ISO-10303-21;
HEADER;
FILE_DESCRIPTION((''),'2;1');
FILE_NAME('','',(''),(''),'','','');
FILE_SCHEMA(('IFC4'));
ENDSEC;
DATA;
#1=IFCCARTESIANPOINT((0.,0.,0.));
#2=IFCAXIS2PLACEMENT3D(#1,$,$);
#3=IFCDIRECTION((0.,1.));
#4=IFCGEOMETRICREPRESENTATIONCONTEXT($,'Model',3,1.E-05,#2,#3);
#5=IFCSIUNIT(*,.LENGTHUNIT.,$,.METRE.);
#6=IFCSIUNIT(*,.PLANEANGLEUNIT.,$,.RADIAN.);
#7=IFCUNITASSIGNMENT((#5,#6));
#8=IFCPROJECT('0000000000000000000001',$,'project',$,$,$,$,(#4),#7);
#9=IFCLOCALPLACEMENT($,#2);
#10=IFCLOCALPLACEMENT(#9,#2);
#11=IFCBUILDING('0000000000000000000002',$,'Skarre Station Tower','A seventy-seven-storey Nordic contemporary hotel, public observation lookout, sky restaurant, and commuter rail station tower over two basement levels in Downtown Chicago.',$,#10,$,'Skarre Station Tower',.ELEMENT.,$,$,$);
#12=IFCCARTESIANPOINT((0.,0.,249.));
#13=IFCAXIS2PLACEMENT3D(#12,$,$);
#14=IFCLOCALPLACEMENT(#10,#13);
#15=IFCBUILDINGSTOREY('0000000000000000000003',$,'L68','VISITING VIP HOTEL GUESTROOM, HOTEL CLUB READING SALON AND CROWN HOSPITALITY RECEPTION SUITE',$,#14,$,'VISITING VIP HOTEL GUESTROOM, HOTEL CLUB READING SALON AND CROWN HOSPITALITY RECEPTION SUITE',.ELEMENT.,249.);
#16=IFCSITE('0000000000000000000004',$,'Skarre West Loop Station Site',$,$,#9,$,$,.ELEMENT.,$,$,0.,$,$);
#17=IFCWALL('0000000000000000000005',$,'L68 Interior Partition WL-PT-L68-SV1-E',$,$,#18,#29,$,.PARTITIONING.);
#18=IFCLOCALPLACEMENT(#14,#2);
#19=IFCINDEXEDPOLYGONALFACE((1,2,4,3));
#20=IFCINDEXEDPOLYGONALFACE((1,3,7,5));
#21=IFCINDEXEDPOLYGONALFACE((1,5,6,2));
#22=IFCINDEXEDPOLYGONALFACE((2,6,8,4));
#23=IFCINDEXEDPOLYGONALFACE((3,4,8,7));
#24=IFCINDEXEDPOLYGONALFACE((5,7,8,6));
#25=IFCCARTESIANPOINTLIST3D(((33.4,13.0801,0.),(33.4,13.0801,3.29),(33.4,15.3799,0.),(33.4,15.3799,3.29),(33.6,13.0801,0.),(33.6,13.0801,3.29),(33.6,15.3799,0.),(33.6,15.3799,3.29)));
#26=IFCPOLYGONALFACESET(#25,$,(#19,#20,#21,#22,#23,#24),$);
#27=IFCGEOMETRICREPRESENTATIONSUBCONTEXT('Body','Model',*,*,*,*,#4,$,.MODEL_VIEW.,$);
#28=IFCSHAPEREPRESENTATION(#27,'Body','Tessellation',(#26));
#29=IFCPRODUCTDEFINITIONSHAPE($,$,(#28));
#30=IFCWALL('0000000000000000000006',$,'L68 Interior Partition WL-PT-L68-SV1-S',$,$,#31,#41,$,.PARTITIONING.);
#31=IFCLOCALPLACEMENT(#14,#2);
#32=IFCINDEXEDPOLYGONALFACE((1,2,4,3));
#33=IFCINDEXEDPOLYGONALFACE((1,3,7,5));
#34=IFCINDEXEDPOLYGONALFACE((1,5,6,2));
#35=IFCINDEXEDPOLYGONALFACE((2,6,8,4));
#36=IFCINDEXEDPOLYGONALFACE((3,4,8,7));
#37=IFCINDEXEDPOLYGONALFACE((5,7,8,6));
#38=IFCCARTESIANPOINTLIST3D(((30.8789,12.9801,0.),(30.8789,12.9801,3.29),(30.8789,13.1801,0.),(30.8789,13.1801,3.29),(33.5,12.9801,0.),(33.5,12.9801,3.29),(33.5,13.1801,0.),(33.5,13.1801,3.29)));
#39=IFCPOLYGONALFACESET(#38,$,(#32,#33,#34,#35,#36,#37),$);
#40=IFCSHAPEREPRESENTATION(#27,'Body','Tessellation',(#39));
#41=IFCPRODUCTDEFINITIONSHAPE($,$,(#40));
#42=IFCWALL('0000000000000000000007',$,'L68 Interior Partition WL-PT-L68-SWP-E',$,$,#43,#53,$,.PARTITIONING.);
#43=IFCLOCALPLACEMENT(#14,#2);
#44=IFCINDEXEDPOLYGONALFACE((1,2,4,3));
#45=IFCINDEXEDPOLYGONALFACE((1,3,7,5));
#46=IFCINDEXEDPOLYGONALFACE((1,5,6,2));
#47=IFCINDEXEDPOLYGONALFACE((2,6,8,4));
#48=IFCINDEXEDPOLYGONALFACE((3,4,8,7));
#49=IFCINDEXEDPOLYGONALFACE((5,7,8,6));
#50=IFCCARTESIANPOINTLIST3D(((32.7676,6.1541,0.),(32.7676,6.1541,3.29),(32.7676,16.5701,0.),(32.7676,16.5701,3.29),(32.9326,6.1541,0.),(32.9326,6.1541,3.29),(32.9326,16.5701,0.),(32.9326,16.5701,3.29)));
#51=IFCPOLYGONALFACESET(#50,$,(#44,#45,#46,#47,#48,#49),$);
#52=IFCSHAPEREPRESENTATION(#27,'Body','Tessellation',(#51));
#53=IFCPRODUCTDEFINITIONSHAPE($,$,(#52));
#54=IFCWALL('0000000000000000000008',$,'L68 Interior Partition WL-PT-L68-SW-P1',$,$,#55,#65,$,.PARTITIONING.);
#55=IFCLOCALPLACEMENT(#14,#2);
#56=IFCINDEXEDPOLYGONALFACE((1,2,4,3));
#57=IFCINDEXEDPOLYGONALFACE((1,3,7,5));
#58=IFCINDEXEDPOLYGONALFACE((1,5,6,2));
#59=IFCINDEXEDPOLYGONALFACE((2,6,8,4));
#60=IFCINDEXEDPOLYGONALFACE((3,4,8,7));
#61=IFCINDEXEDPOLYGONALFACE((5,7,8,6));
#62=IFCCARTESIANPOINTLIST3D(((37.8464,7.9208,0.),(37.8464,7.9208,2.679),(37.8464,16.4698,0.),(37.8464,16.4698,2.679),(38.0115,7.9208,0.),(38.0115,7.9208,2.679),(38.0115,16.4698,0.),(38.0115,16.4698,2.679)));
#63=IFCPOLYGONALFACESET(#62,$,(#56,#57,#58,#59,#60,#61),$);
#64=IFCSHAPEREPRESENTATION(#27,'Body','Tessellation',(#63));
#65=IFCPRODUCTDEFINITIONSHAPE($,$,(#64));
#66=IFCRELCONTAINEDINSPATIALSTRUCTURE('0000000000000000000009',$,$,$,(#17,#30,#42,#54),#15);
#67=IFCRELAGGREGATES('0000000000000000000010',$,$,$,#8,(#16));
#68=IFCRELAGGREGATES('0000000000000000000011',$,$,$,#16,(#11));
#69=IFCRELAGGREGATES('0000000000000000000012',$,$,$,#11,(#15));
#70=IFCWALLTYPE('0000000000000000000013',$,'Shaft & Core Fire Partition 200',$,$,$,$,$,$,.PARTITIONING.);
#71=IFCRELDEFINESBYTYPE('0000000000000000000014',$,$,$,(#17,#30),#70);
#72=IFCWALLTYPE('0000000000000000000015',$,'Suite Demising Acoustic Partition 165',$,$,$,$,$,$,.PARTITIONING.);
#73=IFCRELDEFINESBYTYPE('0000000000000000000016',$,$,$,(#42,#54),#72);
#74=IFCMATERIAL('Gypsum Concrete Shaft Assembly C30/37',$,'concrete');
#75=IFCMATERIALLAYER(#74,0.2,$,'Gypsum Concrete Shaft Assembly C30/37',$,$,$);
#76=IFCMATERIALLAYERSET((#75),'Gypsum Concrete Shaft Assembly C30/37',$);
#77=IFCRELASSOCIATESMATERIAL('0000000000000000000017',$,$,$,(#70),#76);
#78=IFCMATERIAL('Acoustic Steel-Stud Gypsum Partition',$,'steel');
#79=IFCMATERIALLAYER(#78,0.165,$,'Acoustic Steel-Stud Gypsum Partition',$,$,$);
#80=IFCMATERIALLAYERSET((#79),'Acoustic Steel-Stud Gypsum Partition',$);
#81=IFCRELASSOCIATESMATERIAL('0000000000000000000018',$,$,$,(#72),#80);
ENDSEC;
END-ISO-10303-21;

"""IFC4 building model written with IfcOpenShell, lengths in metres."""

from ifc_helpers import new_model, si_unit, direction, frame, frame_2d, origin, place, context, subcontext, project, spatial, rectangle, extrude, material, layer, layer_set, type_object, element, save


model = new_model("IFC4")

# Units and contexts
model_context = context("Model", 3, precision=1e-05, world=origin(), true_north=direction((0.0, 1.0)))
body_context = subcontext(model_context, "Body", "Model", "MODEL_VIEW")
ifc_project = project(units=[si_unit("LENGTHUNIT", "METRE"), si_unit("PLANEANGLEUNIT", "RADIAN")], contexts=[model_context])

# Site, building, storey
site_placement = place(None, origin())
site = spatial("IfcSite", under=ifc_project, at=site_placement, Name="Skarre West Loop Station Site", CompositionType="ELEMENT", RefElevation=0.0)
building_placement = place(site_placement, origin())
building = spatial("IfcBuilding", under=site, at=building_placement, Name="Skarre Station Tower", Description="A seventy-seven-storey Nordic contemporary hotel, public observation lookout, sky restaurant, and commuter rail station tower over two basement levels in Downtown Chicago.", LongName="Skarre Station Tower", CompositionType="ELEMENT")
storey_placement = place(building_placement, frame((0.0, 0.0, 249.0)))
storey = spatial("IfcBuildingStorey", under=building, at=storey_placement, Name="L68", Description="VISITING VIP HOTEL GUESTROOM, HOTEL CLUB READING SALON AND CROWN HOSPITALITY RECEPTION SUITE", LongName="VISITING VIP HOTEL GUESTROOM, HOTEL CLUB READING SALON AND CROWN HOSPITALITY RECEPTION SUITE", CompositionType="ELEMENT", Elevation=249.0)

# Shared definitions
ifc_material_1 = material(Name="Acoustic Steel-Stud Gypsum Partition", Category="steel")

# Shared definitions
ifc_material_2 = material(Name="Gypsum Concrete Shaft Assembly C30/37", Category="concrete")
ifc_layer_1 = layer(ifc_material_2, 0.2, Name="Gypsum Concrete Shaft Assembly C30/37")
ifc_layer_set_1 = layer_set([ifc_layer_1], Name="Gypsum Concrete Shaft Assembly C30/37")
wall_type_1 = type_object("IfcWallType", Name="Shaft & Core Fire Partition 200", PredefinedType="PARTITIONING", material=ifc_layer_set_1)

# Walls
wall_1_placement = place(storey_placement, frame((33.5, 13.0801, 0.0), z_axis=(0.0, 0.0, 1.0), x_axis=(0.0, 1.0, 0.0)))
element("IfcWall", 1, at=wall_1_placement, inside=storey, type_object=wall_type_1, Name="L68 Interior Partition WL-PT-L68-SV1-E", PredefinedType="PARTITIONING", context=body_context, shape_type="SweptSolid", body=[
    extrude(rectangle(XDim=2.2998, YDim=0.2, at=frame_2d((1.1499, 0.0))), origin(), (0.0, 0.0, 1.0), 3.29),
])
wall_2_placement = place(storey_placement, frame((30.8789, 13.0801, 0.0), z_axis=(0.0, 0.0, 1.0), x_axis=(1.0, 0.0, 0.0)))
element("IfcWall", 2, at=wall_2_placement, inside=storey, type_object=wall_type_1, Name="L68 Interior Partition WL-PT-L68-SV1-S", PredefinedType="PARTITIONING", context=body_context, shape_type="SweptSolid", body=[
    extrude(rectangle(XDim=2.6211, YDim=0.2, at=frame_2d((1.3105, 0.0))), origin(), (0.0, 0.0, 1.0), 3.29),
])
ifc_layer_2 = layer(ifc_material_1, 0.165, Name="Acoustic Steel-Stud Gypsum Partition")
ifc_layer_set_2 = layer_set([ifc_layer_2], Name="Acoustic Steel-Stud Gypsum Partition")
wall_type_2 = type_object("IfcWallType", Name="Suite Demising Acoustic Partition 165", PredefinedType="PARTITIONING", material=ifc_layer_set_2)
wall_3_placement = place(storey_placement, frame((32.8501, 6.1541, 0.0), z_axis=(0.0, 0.0, 1.0), x_axis=(0.0, 1.0, 0.0)))
element("IfcWall", 3, at=wall_3_placement, inside=storey, type_object=wall_type_2, Name="L68 Interior Partition WL-PT-L68-SWP-E", PredefinedType="PARTITIONING", context=body_context, shape_type="SweptSolid", body=[
    extrude(rectangle(XDim=10.416, YDim=0.165, at=frame_2d((5.208, 0.0))), origin(), (0.0, 0.0, 1.0), 3.29),
])
wall_4_placement = place(storey_placement, frame((37.929, 7.9209, 0.0), z_axis=(0.0, 0.0, 1.0), x_axis=(0.0, 1.0, 0.0)))
element("IfcWall", 4, at=wall_4_placement, inside=storey, type_object=wall_type_2, Name="L68 Interior Partition WL-PT-L68-SW-P1", PredefinedType="PARTITIONING", context=body_context, shape_type="SweptSolid", body=[
    extrude(rectangle(XDim=8.5491, YDim=0.165, at=frame_2d((4.2744, 0.0))), origin(), (0.0, 0.0, 1.0), 2.679),
])

save(model, "model.ifc")
